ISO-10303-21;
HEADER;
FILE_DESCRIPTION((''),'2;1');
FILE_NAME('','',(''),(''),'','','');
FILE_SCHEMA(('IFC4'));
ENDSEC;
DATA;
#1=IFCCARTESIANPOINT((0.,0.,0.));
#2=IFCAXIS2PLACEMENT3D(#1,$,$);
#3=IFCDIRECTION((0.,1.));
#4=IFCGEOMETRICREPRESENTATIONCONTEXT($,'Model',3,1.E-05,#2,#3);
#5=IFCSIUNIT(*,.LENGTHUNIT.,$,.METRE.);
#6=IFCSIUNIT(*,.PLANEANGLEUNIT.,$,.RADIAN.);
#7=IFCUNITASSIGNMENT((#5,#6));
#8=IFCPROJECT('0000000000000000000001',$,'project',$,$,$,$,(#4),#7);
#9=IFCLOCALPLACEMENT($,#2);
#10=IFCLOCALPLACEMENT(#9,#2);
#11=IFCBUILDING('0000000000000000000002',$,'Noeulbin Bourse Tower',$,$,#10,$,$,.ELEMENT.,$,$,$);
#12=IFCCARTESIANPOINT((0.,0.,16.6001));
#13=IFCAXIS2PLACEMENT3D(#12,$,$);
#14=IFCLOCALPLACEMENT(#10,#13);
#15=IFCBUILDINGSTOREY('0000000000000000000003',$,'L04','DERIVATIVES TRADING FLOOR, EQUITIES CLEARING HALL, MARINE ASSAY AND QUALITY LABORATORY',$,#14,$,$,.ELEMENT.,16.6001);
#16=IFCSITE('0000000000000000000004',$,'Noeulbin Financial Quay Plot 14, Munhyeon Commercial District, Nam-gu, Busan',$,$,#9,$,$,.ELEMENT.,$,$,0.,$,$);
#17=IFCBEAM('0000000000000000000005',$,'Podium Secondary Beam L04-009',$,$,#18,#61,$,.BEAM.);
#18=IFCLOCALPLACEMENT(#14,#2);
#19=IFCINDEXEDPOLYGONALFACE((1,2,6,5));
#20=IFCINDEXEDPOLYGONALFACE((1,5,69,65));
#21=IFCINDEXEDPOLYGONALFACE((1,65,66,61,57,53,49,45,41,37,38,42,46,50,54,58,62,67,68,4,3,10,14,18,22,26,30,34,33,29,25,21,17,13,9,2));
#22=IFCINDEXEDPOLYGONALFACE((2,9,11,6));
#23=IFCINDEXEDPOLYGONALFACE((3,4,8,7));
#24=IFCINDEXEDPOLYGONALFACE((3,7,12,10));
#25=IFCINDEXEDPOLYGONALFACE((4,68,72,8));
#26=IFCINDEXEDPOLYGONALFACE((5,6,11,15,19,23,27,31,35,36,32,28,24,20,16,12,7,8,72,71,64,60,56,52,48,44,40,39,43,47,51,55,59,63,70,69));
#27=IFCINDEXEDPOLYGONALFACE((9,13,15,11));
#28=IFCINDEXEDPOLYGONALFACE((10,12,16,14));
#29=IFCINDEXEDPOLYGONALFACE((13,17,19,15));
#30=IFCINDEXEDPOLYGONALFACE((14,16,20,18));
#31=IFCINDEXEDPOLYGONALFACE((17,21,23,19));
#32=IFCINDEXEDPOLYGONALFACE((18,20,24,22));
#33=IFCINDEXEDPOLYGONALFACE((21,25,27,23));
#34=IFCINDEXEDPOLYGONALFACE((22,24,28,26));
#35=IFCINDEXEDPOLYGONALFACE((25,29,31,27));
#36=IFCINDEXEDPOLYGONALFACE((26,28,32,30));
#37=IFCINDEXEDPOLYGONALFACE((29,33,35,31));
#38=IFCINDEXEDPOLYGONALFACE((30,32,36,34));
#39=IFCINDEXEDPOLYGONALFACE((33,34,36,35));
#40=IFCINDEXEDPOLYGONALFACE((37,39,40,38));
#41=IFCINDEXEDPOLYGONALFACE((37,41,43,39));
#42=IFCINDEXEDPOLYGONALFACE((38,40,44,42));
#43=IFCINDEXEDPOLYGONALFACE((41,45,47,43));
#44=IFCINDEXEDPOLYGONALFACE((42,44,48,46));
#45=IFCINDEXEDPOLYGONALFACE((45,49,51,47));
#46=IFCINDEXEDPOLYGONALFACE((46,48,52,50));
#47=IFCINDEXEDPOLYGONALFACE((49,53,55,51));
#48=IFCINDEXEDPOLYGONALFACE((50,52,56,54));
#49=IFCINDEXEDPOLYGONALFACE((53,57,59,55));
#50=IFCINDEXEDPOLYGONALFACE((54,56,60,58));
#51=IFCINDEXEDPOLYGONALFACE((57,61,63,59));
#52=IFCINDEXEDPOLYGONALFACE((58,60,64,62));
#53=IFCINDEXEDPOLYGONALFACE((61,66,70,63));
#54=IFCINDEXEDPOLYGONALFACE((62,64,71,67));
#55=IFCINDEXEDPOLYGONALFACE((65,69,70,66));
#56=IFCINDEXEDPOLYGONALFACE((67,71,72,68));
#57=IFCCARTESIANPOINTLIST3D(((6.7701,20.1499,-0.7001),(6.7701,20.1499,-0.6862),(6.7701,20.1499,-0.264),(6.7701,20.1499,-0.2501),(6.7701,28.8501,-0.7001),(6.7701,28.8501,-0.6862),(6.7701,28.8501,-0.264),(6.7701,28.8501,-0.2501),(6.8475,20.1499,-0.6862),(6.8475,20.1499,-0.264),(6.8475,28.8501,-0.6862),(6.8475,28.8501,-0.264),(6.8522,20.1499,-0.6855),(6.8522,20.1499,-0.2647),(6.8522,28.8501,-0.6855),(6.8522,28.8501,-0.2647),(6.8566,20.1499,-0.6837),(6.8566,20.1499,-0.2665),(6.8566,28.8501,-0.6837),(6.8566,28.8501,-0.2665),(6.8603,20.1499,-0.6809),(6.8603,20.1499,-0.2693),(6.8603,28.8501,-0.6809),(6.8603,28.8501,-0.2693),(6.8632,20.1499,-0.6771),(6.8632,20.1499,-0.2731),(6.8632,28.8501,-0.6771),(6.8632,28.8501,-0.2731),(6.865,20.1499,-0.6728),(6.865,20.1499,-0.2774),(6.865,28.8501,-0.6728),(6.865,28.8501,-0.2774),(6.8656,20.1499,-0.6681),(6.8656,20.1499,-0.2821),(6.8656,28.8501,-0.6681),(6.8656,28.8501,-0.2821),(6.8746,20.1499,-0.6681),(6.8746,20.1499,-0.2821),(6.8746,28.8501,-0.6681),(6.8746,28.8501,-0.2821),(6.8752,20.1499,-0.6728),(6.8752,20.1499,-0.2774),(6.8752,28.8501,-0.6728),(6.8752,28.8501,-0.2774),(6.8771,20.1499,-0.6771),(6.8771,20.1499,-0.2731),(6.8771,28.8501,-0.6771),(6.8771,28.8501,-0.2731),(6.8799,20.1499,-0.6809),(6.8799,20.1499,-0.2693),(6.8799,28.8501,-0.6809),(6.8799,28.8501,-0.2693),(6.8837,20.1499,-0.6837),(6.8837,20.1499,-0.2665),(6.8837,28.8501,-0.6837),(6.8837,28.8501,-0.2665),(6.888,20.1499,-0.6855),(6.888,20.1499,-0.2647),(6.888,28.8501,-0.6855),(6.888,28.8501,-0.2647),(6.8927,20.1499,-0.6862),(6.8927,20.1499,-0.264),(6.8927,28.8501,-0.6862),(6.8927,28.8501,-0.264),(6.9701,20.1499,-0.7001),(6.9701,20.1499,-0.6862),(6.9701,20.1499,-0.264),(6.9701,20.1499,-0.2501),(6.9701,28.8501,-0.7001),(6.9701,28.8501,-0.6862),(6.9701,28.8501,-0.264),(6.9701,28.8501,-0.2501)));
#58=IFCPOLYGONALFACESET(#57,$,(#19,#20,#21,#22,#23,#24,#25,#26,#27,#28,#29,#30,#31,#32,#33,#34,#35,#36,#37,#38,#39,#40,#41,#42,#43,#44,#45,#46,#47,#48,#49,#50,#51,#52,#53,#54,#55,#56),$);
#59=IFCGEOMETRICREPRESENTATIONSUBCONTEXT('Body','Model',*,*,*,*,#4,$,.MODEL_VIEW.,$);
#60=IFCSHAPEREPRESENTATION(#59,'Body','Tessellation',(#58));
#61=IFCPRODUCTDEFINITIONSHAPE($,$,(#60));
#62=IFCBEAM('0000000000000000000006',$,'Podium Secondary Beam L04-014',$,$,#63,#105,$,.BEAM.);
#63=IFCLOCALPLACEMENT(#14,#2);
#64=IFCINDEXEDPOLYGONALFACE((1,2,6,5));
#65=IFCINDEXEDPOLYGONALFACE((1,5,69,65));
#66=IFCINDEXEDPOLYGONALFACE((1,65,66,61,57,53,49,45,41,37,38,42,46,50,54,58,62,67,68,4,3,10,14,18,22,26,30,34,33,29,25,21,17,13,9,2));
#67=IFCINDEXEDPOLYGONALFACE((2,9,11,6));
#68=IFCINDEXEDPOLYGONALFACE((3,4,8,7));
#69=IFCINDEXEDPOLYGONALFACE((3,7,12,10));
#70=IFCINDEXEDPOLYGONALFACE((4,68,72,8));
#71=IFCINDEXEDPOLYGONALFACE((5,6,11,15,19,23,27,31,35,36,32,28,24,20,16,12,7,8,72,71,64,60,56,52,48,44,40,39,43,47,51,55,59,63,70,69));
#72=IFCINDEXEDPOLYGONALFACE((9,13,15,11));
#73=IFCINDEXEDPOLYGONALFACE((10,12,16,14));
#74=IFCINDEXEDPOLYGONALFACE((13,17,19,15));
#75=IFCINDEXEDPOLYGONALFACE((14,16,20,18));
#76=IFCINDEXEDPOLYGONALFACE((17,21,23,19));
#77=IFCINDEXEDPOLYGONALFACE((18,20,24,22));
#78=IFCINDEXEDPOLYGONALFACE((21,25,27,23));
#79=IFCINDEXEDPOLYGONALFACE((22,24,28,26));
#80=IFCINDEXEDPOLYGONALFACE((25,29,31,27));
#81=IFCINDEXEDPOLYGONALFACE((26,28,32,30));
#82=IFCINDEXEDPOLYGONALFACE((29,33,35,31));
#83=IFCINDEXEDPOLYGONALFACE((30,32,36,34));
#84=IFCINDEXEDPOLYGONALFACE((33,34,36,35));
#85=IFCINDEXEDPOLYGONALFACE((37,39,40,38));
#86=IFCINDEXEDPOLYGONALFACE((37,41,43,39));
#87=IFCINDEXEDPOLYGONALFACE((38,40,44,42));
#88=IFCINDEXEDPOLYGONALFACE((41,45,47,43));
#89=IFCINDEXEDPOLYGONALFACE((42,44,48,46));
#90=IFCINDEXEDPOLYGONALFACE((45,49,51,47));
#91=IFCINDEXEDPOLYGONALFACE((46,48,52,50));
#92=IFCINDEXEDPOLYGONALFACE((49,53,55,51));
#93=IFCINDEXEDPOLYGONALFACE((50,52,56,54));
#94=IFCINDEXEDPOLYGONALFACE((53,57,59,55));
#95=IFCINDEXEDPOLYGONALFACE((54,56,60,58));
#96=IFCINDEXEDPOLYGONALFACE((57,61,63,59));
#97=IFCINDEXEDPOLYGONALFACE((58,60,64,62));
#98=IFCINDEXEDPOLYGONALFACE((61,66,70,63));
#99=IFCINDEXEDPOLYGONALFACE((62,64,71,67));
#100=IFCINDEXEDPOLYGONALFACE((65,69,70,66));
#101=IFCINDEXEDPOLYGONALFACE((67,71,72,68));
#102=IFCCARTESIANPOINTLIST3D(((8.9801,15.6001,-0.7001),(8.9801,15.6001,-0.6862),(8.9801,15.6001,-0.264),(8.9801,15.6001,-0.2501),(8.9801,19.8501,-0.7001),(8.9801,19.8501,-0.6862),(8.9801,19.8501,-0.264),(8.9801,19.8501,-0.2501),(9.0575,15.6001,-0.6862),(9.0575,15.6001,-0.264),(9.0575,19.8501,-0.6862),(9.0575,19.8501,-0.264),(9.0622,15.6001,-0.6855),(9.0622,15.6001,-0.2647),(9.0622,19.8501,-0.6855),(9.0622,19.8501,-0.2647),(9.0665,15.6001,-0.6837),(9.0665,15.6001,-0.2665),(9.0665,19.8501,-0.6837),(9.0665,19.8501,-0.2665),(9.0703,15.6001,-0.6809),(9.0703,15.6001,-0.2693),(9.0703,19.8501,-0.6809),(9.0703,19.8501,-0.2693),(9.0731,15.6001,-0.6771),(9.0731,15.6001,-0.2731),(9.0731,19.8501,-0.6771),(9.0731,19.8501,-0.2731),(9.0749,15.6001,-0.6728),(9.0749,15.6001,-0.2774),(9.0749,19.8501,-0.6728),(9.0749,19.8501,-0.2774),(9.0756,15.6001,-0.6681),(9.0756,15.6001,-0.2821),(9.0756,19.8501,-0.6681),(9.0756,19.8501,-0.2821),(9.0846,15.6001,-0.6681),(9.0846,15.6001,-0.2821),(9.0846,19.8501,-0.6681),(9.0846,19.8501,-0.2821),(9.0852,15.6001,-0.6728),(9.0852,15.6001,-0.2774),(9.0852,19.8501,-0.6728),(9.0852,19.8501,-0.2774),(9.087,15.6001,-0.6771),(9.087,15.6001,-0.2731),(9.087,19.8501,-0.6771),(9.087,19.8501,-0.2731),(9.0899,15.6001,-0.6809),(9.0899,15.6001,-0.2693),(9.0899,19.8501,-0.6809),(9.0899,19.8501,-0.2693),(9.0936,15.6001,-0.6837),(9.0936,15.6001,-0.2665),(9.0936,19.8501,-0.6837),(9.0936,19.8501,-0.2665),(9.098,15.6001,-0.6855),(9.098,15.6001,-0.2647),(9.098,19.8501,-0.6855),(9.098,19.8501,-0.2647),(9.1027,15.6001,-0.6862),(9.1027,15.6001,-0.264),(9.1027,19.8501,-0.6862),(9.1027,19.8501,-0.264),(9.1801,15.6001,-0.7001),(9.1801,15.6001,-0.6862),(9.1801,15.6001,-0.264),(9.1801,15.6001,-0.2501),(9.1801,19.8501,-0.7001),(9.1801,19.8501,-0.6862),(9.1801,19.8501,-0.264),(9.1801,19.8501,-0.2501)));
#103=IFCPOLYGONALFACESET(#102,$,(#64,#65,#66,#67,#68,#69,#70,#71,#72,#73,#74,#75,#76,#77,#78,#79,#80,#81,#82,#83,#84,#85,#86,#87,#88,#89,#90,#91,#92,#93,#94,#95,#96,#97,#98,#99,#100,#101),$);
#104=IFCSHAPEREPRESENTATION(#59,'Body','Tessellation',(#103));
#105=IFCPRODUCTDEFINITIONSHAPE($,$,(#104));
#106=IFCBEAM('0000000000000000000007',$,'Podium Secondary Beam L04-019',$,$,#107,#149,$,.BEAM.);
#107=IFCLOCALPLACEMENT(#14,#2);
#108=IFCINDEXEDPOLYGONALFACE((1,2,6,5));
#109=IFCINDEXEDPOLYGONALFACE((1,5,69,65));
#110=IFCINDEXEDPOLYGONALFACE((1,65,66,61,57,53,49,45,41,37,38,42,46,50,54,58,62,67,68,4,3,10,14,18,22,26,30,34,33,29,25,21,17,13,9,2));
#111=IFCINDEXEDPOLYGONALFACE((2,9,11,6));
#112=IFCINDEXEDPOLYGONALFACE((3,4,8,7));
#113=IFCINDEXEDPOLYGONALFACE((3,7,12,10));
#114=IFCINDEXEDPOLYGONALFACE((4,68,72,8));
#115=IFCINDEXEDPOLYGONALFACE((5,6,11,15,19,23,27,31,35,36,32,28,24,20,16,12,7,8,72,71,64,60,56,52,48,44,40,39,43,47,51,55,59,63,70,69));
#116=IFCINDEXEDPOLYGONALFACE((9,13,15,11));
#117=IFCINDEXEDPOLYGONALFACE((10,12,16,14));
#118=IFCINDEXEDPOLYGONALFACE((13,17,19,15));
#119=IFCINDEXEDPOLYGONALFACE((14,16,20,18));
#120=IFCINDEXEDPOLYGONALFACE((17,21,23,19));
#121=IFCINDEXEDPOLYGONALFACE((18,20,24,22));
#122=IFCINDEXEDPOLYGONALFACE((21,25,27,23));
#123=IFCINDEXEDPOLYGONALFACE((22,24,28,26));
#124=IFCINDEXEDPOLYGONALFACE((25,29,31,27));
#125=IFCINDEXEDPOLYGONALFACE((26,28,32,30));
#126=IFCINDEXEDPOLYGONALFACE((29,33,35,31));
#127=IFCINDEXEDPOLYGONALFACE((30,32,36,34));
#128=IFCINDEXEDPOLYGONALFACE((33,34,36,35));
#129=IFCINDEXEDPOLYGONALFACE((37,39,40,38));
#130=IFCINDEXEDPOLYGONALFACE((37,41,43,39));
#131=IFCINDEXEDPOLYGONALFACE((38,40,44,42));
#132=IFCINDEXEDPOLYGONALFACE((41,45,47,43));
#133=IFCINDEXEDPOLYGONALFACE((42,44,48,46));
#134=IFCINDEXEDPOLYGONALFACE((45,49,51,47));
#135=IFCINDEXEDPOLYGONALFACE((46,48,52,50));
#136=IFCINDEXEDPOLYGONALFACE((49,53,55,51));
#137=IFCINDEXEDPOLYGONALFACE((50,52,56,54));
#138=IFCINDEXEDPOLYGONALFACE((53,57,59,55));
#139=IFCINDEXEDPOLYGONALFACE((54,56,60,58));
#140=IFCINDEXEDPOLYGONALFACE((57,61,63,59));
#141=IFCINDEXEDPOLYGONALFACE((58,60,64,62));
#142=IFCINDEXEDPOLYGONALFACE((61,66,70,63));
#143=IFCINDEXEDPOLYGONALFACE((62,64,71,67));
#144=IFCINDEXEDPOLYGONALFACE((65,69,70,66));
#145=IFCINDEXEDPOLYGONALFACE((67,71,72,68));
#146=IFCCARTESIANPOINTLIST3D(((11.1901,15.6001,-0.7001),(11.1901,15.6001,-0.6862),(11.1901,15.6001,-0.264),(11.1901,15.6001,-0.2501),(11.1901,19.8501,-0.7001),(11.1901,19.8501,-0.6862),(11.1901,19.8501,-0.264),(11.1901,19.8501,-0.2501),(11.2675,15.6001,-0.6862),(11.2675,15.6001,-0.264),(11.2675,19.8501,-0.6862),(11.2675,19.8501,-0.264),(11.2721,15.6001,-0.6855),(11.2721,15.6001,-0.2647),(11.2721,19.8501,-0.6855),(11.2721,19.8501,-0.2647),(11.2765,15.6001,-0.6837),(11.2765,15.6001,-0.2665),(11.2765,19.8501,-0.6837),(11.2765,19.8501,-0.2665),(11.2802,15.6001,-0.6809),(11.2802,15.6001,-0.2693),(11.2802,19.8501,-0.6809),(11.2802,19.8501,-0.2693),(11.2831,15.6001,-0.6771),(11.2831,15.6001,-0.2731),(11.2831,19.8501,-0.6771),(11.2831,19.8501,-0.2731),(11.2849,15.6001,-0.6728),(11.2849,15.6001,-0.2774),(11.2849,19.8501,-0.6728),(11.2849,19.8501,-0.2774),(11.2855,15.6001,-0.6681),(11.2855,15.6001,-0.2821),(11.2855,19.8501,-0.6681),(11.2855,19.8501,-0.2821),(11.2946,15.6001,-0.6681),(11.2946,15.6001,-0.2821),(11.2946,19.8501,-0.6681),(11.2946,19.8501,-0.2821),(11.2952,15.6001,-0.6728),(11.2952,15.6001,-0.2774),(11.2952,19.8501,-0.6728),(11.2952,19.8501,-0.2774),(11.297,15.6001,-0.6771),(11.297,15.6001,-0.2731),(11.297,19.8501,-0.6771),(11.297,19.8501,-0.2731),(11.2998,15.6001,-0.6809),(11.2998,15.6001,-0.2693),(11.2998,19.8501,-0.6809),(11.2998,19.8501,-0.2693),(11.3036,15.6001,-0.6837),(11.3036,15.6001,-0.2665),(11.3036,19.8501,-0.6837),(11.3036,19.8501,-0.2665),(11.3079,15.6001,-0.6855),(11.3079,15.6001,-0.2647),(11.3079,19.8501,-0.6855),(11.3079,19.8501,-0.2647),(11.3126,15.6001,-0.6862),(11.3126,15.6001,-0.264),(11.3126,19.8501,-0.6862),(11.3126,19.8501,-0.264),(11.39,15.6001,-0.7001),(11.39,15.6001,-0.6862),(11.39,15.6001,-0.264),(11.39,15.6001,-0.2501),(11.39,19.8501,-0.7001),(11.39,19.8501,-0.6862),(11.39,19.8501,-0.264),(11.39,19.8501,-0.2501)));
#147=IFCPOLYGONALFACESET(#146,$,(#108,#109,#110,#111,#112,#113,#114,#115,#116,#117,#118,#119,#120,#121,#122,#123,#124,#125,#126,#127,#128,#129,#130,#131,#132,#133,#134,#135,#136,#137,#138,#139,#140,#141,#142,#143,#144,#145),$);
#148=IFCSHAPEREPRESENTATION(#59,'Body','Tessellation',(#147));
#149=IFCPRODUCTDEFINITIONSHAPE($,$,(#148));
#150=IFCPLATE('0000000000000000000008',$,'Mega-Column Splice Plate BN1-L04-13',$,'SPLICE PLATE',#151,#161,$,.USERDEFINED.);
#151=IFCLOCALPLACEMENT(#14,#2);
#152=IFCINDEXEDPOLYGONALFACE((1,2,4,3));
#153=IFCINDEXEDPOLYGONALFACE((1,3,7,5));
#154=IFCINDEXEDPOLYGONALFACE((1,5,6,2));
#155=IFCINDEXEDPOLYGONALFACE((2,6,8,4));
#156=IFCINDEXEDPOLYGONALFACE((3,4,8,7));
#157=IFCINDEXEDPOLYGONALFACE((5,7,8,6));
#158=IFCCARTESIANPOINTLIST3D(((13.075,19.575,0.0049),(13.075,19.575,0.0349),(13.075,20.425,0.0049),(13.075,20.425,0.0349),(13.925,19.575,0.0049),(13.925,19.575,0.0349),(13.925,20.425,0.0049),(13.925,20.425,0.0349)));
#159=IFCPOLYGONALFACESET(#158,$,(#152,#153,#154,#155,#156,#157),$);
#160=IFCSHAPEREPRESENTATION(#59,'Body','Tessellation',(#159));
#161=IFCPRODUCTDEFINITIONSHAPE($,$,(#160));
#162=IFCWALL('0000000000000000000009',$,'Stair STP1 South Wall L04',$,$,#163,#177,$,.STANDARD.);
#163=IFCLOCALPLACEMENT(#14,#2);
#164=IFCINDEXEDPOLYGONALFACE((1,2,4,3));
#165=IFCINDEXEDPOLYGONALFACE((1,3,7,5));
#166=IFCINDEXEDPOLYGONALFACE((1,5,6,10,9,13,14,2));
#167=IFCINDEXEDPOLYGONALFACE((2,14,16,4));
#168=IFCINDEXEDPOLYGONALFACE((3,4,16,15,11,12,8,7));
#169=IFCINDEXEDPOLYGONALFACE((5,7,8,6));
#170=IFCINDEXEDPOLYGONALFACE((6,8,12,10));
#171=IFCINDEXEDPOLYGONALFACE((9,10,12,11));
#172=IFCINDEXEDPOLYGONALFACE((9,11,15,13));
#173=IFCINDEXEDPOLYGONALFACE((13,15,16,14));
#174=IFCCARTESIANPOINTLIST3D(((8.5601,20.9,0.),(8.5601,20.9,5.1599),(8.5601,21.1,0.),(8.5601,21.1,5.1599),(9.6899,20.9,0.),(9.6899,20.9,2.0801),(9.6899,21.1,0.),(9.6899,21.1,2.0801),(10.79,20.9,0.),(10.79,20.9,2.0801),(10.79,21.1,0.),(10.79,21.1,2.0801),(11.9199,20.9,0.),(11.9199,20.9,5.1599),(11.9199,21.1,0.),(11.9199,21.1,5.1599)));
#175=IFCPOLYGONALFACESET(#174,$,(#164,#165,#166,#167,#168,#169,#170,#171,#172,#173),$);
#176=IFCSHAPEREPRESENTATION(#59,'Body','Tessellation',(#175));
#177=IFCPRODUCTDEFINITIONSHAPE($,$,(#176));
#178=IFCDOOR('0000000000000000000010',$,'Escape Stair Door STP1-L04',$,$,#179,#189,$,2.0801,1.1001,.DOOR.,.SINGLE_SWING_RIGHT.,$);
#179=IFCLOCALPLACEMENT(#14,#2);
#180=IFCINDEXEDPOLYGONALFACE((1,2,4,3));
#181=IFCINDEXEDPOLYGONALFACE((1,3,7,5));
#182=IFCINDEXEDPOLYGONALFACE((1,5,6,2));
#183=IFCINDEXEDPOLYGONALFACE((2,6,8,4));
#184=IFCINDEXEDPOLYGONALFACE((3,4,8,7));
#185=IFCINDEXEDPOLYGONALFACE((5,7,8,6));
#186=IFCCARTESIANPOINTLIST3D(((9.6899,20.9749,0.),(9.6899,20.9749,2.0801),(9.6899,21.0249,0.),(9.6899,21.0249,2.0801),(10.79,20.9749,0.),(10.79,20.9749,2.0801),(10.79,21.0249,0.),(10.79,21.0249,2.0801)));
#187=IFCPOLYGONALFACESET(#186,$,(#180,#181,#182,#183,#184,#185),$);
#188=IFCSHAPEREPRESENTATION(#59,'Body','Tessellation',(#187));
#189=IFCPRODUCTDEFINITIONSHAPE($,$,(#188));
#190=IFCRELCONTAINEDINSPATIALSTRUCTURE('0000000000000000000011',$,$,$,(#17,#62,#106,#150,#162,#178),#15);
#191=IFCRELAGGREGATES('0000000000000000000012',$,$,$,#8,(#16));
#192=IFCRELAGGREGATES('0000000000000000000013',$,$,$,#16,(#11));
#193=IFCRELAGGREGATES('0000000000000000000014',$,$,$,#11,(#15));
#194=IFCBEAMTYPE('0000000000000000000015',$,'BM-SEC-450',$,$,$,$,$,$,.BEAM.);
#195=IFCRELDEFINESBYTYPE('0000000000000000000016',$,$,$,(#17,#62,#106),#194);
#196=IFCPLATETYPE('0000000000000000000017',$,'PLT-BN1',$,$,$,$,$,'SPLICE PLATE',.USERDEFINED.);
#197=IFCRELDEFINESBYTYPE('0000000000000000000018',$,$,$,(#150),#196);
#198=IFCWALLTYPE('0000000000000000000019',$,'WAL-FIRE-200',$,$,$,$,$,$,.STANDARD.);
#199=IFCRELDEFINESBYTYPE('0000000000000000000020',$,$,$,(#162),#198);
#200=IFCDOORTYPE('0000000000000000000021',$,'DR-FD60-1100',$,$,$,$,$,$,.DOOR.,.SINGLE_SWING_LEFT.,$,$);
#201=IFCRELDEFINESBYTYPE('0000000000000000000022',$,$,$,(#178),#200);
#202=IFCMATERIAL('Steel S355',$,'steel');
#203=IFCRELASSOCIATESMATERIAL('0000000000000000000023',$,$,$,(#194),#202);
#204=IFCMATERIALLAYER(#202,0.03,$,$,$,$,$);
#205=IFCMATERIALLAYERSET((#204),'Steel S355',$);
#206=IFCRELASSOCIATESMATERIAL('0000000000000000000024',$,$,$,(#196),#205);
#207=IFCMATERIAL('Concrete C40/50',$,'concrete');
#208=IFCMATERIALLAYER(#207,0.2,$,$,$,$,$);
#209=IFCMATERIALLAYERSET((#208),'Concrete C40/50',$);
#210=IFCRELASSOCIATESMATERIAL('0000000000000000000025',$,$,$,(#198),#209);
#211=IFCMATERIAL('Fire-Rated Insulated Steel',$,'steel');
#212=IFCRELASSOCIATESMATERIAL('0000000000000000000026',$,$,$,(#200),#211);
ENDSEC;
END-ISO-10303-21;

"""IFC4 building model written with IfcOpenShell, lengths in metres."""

from ifc_helpers import new_model, si_unit, direction, frame, frame_2d, origin, origin_2d, place, context, subcontext, project, spatial, rectangle, i_section, extrude, material, layer, layer_set, material_profile, profile_set, type_object, element, fill, save


model = new_model("IFC4")

# Units and contexts
model_context = context("Model", 3, precision=1e-05, world=origin(), true_north=direction((0.0, 1.0)))
body_context = subcontext(model_context, "Body", "Model", "MODEL_VIEW")
ifc_project = project(units=[si_unit("LENGTHUNIT", "METRE"), si_unit("PLANEANGLEUNIT", "RADIAN")], contexts=[model_context])

# Site, building, storey
site_placement = place(None, origin())
site = spatial("IfcSite", under=ifc_project, at=site_placement, Name="Noeulbin Financial Quay Plot 14, Munhyeon Commercial District, Nam-gu, Busan", CompositionType="ELEMENT", RefElevation=0.0)
building_placement = place(site_placement, origin())
building = spatial("IfcBuilding", under=site, at=building_placement, Name="Noeulbin Bourse Tower", CompositionType="ELEMENT")
storey_placement = place(building_placement, frame((0.0, 0.0, 16.6001)))
storey = spatial("IfcBuildingStorey", under=building, at=storey_placement, Name="L04", Description="DERIVATIVES TRADING FLOOR, EQUITIES CLEARING HALL, MARINE ASSAY AND QUALITY LABORATORY", CompositionType="ELEMENT", Elevation=16.6001)

# Beams
ifc_material_1 = material(Name="Steel S355", Category="steel")
ifc_material_profile_1 = material_profile(ifc_material_1, i_section(OverallWidth=0.2, OverallDepth=0.45, WebThickness=0.009, FlangeThickness=0.0139, FilletRadius=0.0181, at=origin_2d()), Name="H-450x200x9x14", Category="LoadBearing")
ifc_profile_set_1 = profile_set([ifc_material_profile_1], Name="Steel S355")
beam_type_1 = type_object("IfcBeamType", Name="BM-SEC-450", PredefinedType="BEAM", material=ifc_profile_set_1)
beam_1_placement = place(storey_placement, frame((6.8701, 20.1499, -0.4751), z_axis=(0.0, 1.0, 0.0), x_axis=(-1.0, 0.0, 0.0)))
element("IfcBeam", 1, at=beam_1_placement, inside=storey, type_object=beam_type_1, Name="Podium Secondary Beam L04-009", PredefinedType="BEAM", context=body_context, shape_type="SweptSolid", body=[
    extrude(i_section(OverallWidth=0.2, OverallDepth=0.45, WebThickness=0.009, FlangeThickness=0.0139, FilletRadius=0.0181, at=origin_2d()), origin(), (0.0, 0.0, 1.0), 8.7002),
])
for number, where, z_axis, x_axis, name in (
    (2, (9.0801, 15.6001, -0.4751), (0.0, 1.0, 0.0), (-1.0, 0.0, 0.0), "Podium Secondary Beam L04-014"),
    (3, (11.29, 15.6001, -0.4751), (0.0, 1.0, 0.0), (-1.0, 0.0, 0.0), "Podium Secondary Beam L04-019"),
):
    element("IfcBeam", number, at=place(storey_placement, frame(where, z_axis=z_axis, x_axis=x_axis)), inside=storey, type_object=beam_type_1, Name=name, PredefinedType="BEAM", context=body_context, shape_type="SweptSolid", body=[
        extrude(i_section(OverallWidth=0.2, OverallDepth=0.45, WebThickness=0.009, FlangeThickness=0.0139, FilletRadius=0.0181, at=origin_2d()), origin(), (0.0, 0.0, 1.0), 4.25),
    ])

# Plate
ifc_layer_1 = layer(ifc_material_1, 0.03)
ifc_layer_set_1 = layer_set([ifc_layer_1], Name="Steel S355")
plate_type = type_object("IfcPlateType", Name="PLT-BN1", ElementType="SPLICE PLATE", PredefinedType="USERDEFINED", material=ifc_layer_set_1)
plate_placement = place(storey_placement, frame((13.5, 20.0, 0.0049), z_axis=(0.0, 0.0, 1.0), x_axis=(1.0, 0.0, 0.0)))
element("IfcPlate", 4, at=plate_placement, inside=storey, type_object=plate_type, Name="Mega-Column Splice Plate BN1-L04-13", ObjectType="SPLICE PLATE", PredefinedType="USERDEFINED", context=body_context, shape_type="SweptSolid", body=[
    extrude(rectangle(XDim=0.8501, YDim=0.8501, at=origin_2d()), origin(), (0.0, 0.0, 1.0), 0.03),
])

# Wall, opening, door
ifc_material_2 = material(Name="Concrete C40/50", Category="concrete")
ifc_layer_2 = layer(ifc_material_2, 0.2)
ifc_layer_set_2 = layer_set([ifc_layer_2], Name="Concrete C40/50")
wall_type_1 = type_object("IfcWallType", Name="WAL-FIRE-200", PredefinedType="STANDARD", material=ifc_layer_set_2)
wall_1_placement = place(storey_placement, frame((8.5601, 21.0, 0.0), z_axis=(0.0, 0.0, 1.0), x_axis=(1.0, 0.0, 0.0)))
wall_1 = element("IfcWall", 5, at=wall_1_placement, inside=storey, type_object=wall_type_1, Name="Stair STP1 South Wall L04", PredefinedType="STANDARD", context=body_context, shape_type="SweptSolid", body=[
    extrude(rectangle(XDim=3.3599, YDim=0.2, at=frame_2d((1.6799, 0.0))), origin(), (0.0, 0.0, 1.0), 5.1599),
])
opening_placement = place(wall_1_placement, frame((1.1299, 0.0, 0.0)))
opening = element("IfcOpeningElement", 6, at=opening_placement, cuts=wall_1, PredefinedType="OPENING", context=body_context, shape_type="SweptSolid", body=[
    extrude(rectangle(XDim=1.1001, YDim=2.0801, at=frame_2d((0.55, 1.04))), frame((0.0, 0.1099, 0.0), z_axis=(0.0, -1.0, 0.0), x_axis=(1.0, 0.0, 0.0)), (0.0, 0.0, 1.0), 0.22),
])
ifc_material_3 = material(Name="Fire-Rated Insulated Steel", Category="steel")
door_type = type_object("IfcDoorType", Name="DR-FD60-1100", OperationType="SINGLE_SWING_LEFT", PredefinedType="DOOR", material=ifc_material_3)
door_placement = place(opening_placement, origin())
door = element("IfcDoor", 7, at=door_placement, inside=storey, type_object=door_type, Name="Escape Stair Door STP1-L04", OperationType="SINGLE_SWING_RIGHT", OverallHeight=2.0801, OverallWidth=1.1001, PredefinedType="DOOR", context=body_context, shape_type="SweptSolid", body=[
    extrude(rectangle(XDim=1.1001, YDim=2.0801, at=frame_2d((0.55, 1.04))), frame((0.0, 0.0249, 0.0), z_axis=(0.0, -1.0, 0.0), x_axis=(1.0, 0.0, 0.0)), (0.0, 0.0, 1.0), 0.05),
])
fill(opening, door)

save(model, "model.ifc")
